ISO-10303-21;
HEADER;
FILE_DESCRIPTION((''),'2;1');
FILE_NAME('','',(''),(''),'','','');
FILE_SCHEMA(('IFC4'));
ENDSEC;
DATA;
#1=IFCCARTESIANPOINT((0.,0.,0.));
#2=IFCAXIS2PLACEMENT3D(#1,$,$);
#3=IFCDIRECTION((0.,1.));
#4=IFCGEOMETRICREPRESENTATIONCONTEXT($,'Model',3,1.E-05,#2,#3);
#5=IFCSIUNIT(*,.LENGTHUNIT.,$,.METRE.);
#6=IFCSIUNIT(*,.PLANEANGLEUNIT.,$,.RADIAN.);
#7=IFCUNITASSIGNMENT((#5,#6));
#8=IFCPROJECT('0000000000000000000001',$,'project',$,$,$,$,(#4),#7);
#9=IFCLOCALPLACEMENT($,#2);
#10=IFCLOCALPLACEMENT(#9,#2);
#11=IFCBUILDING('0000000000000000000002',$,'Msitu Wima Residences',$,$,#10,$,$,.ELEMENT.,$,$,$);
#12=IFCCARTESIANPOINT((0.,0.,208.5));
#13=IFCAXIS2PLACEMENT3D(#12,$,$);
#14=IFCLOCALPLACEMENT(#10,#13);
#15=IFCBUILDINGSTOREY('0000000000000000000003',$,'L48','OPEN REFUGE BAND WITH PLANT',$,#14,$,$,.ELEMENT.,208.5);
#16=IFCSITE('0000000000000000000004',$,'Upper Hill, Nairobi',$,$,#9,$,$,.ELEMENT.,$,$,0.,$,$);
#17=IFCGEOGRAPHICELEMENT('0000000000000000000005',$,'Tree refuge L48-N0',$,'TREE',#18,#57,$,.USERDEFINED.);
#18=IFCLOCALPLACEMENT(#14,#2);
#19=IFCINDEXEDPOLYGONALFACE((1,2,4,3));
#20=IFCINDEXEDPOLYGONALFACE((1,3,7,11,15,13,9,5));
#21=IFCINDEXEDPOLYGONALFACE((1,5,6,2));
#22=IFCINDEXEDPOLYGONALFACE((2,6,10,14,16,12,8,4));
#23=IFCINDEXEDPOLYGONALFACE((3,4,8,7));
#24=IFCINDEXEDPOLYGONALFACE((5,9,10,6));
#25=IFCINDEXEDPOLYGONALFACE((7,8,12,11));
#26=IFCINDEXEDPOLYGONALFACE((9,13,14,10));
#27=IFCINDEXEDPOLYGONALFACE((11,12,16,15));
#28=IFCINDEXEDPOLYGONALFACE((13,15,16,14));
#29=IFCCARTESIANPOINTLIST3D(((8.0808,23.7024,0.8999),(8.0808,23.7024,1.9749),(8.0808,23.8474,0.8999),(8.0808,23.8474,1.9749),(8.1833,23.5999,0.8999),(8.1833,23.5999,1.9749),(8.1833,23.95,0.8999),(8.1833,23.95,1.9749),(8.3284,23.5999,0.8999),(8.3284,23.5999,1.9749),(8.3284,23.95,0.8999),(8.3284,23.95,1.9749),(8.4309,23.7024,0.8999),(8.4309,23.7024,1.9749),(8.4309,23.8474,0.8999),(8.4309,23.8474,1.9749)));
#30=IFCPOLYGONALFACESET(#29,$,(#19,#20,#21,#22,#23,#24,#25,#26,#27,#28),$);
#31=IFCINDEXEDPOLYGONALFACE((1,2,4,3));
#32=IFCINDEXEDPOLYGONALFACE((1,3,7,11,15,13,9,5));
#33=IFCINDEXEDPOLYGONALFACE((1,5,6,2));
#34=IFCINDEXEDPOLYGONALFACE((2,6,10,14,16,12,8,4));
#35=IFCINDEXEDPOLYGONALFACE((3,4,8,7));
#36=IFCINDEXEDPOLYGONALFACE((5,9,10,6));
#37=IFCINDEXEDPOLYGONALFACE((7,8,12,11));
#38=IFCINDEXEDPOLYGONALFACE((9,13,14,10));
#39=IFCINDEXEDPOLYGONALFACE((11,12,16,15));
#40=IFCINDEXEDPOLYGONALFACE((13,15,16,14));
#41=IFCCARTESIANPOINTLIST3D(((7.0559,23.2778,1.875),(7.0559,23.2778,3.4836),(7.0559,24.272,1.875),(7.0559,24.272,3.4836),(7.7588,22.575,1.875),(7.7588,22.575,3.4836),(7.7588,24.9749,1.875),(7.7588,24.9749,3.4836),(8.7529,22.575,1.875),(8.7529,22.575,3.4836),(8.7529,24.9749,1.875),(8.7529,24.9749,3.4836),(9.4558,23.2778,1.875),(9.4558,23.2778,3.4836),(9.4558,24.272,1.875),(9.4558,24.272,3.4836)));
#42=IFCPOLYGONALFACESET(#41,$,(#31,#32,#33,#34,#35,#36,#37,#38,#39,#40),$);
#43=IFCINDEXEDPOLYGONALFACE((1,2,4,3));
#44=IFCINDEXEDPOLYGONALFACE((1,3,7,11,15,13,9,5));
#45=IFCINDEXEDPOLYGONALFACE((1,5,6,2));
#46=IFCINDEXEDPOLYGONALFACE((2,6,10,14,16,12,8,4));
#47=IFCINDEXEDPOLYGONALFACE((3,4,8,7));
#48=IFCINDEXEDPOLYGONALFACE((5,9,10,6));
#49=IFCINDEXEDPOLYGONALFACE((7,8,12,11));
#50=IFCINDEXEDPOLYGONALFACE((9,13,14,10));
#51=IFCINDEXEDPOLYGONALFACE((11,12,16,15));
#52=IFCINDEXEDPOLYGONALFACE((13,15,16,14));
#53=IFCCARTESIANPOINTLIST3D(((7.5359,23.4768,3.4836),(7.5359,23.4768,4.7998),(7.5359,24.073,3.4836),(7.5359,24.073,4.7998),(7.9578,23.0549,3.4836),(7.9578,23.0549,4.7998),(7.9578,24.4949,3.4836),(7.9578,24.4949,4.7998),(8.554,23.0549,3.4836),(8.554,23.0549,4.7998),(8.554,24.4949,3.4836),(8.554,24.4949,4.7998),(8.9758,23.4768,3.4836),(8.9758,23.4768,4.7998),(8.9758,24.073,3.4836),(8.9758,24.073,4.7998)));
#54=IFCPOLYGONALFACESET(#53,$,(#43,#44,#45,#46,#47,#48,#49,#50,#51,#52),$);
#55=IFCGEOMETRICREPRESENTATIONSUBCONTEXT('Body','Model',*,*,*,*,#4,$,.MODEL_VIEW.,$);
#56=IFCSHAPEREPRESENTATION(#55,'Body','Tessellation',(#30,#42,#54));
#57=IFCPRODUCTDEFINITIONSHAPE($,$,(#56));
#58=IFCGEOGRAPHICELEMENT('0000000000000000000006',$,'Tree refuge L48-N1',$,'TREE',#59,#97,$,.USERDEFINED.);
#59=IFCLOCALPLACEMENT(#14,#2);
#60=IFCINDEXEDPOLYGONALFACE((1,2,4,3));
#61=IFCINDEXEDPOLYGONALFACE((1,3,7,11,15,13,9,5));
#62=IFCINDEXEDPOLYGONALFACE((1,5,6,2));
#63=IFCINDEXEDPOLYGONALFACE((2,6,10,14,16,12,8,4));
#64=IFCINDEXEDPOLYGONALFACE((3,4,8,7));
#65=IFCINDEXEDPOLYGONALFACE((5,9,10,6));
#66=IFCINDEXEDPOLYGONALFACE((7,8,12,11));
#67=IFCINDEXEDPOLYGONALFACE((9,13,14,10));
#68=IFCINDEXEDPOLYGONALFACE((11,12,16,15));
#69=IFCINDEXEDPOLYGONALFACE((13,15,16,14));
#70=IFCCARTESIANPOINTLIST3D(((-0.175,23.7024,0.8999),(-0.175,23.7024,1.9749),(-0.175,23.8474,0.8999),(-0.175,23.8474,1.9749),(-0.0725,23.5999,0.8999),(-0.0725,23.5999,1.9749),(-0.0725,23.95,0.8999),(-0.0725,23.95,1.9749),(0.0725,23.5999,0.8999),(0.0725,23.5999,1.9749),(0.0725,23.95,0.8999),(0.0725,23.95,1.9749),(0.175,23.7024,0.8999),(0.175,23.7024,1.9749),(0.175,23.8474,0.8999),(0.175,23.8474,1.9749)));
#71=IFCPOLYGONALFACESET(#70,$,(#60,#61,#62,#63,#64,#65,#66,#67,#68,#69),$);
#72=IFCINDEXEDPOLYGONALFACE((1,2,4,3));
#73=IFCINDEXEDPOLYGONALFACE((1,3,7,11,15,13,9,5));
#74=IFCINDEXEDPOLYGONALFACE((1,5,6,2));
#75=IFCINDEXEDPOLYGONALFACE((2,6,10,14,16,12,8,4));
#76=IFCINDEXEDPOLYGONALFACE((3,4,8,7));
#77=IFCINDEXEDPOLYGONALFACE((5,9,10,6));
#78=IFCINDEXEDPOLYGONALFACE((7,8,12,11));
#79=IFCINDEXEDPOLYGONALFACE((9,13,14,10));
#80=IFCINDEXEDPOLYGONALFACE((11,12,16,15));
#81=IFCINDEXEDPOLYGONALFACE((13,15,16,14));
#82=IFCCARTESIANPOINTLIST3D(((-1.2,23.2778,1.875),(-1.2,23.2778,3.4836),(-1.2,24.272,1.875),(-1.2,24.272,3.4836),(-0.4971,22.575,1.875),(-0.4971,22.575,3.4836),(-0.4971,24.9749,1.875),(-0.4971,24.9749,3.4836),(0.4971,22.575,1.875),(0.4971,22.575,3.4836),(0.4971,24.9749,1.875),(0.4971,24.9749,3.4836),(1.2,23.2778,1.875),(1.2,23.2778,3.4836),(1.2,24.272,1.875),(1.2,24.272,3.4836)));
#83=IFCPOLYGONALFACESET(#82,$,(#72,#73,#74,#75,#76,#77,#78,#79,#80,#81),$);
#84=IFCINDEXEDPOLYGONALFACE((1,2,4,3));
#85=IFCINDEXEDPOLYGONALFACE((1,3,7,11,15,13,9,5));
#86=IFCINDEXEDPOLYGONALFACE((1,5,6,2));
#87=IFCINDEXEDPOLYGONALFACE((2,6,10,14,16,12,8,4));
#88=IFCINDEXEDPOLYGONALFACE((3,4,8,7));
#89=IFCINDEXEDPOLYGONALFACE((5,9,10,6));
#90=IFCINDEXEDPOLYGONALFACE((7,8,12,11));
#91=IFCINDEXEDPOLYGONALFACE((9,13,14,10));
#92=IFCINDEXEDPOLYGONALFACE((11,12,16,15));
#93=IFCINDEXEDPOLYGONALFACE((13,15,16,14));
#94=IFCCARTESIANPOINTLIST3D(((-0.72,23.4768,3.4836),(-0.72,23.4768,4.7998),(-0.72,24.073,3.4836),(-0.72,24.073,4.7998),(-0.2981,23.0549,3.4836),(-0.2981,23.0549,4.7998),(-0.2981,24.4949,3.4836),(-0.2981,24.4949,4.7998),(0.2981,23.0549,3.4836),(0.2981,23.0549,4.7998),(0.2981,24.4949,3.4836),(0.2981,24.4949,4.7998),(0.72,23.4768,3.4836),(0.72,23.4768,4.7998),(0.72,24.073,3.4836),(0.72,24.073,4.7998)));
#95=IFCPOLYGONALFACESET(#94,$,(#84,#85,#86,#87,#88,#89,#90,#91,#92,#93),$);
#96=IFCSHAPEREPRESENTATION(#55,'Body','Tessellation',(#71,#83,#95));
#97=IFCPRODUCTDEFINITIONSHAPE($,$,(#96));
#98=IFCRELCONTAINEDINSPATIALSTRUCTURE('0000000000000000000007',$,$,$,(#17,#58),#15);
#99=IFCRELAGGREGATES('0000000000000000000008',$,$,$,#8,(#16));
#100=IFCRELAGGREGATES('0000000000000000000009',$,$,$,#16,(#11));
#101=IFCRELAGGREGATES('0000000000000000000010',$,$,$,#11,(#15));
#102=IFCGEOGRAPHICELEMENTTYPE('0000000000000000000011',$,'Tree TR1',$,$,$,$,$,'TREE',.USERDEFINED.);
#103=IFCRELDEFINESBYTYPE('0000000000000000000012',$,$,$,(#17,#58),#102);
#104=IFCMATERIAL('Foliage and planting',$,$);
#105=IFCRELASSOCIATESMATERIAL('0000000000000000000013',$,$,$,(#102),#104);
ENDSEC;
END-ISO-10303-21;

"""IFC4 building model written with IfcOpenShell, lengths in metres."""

from ifc_helpers import new_model, si_unit, direction, frame, origin, place, context, subcontext, project, spatial, polyline, outline, extrude, material, type_object, element, save


model = new_model("IFC4")

# Units and contexts
model_context = context("Model", 3, precision=1e-05, world=origin(), true_north=direction((0.0, 1.0)))
body_context = subcontext(model_context, "Body", "Model", "MODEL_VIEW")
ifc_project = project(units=[si_unit("LENGTHUNIT", "METRE"), si_unit("PLANEANGLEUNIT", "RADIAN")], contexts=[model_context])

# Site, building, storey
site_placement = place(None, origin())
site = spatial("IfcSite", under=ifc_project, at=site_placement, Name="Upper Hill, Nairobi", CompositionType="ELEMENT", RefElevation=0.0)
building_placement = place(site_placement, origin())
building = spatial("IfcBuilding", under=site, at=building_placement, Name="Msitu Wima Residences", CompositionType="ELEMENT")
storey_placement = place(building_placement, frame((0.0, 0.0, 208.5)))
storey = spatial("IfcBuildingStorey", under=building, at=storey_placement, Name="L48", Description="OPEN REFUGE BAND WITH PLANT", CompositionType="ELEMENT", Elevation=208.5)

# Geographic elements
ifc_material_1 = material(Name="Foliage and planting")
geographic_element_type = type_object("IfcGeographicElementType", Name="Tree TR1", ElementType="TREE", PredefinedType="USERDEFINED", material=ifc_material_1)
for number, where, z_axis, x_axis, name in (
    (1, (8.2559, 23.7749, 0.8999), (0.0, 0.0, 1.0), (1.0, 0.0, 0.0), "Tree refuge L48-N0"),
    (2, (0.0, 23.7749, 0.8999), (0.0, 0.0, 1.0), (1.0, 0.0, 0.0), "Tree refuge L48-N1"),
):
    element("IfcGeographicElement", number, at=place(storey_placement, frame(where, z_axis=z_axis, x_axis=x_axis)), inside=storey, type_object=geographic_element_type, Name=name, ObjectType="TREE", PredefinedType="USERDEFINED", context=body_context, shape_type="SweptSolid", body=[
        extrude(outline(polyline([(0.175, 0.0725), (0.0725, 0.175), (-0.0725, 0.175), (-0.175, 0.0725), (-0.175, -0.0725), (-0.0725, -0.175), (0.0725, -0.175), (0.175, -0.0725), (0.175, 0.0725)])), origin(), (0.0, 0.0, 1.0), 1.075),
        extrude(outline(polyline([(1.2, 0.4971), (0.4971, 1.2), (-0.4971, 1.2), (-1.2, 0.4971), (-1.2, -0.4971), (-0.4971, -1.2), (0.4971, -1.2), (1.2, -0.4971), (1.2, 0.4971)])), frame((0.0, 0.0, 0.9751)), (0.0, 0.0, 1.0), 1.6086),
        extrude(outline(polyline([(0.72, 0.2981), (0.2981, 0.72), (-0.2981, 0.72), (-0.72, 0.2981), (-0.72, -0.2981), (-0.2981, -0.72), (0.2981, -0.72), (0.72, -0.2981), (0.72, 0.2981)])), frame((0.0, 0.0, 2.5837)), (0.0, 0.0, 1.0), 1.3162),
    ])

save(model, "model.ifc")
